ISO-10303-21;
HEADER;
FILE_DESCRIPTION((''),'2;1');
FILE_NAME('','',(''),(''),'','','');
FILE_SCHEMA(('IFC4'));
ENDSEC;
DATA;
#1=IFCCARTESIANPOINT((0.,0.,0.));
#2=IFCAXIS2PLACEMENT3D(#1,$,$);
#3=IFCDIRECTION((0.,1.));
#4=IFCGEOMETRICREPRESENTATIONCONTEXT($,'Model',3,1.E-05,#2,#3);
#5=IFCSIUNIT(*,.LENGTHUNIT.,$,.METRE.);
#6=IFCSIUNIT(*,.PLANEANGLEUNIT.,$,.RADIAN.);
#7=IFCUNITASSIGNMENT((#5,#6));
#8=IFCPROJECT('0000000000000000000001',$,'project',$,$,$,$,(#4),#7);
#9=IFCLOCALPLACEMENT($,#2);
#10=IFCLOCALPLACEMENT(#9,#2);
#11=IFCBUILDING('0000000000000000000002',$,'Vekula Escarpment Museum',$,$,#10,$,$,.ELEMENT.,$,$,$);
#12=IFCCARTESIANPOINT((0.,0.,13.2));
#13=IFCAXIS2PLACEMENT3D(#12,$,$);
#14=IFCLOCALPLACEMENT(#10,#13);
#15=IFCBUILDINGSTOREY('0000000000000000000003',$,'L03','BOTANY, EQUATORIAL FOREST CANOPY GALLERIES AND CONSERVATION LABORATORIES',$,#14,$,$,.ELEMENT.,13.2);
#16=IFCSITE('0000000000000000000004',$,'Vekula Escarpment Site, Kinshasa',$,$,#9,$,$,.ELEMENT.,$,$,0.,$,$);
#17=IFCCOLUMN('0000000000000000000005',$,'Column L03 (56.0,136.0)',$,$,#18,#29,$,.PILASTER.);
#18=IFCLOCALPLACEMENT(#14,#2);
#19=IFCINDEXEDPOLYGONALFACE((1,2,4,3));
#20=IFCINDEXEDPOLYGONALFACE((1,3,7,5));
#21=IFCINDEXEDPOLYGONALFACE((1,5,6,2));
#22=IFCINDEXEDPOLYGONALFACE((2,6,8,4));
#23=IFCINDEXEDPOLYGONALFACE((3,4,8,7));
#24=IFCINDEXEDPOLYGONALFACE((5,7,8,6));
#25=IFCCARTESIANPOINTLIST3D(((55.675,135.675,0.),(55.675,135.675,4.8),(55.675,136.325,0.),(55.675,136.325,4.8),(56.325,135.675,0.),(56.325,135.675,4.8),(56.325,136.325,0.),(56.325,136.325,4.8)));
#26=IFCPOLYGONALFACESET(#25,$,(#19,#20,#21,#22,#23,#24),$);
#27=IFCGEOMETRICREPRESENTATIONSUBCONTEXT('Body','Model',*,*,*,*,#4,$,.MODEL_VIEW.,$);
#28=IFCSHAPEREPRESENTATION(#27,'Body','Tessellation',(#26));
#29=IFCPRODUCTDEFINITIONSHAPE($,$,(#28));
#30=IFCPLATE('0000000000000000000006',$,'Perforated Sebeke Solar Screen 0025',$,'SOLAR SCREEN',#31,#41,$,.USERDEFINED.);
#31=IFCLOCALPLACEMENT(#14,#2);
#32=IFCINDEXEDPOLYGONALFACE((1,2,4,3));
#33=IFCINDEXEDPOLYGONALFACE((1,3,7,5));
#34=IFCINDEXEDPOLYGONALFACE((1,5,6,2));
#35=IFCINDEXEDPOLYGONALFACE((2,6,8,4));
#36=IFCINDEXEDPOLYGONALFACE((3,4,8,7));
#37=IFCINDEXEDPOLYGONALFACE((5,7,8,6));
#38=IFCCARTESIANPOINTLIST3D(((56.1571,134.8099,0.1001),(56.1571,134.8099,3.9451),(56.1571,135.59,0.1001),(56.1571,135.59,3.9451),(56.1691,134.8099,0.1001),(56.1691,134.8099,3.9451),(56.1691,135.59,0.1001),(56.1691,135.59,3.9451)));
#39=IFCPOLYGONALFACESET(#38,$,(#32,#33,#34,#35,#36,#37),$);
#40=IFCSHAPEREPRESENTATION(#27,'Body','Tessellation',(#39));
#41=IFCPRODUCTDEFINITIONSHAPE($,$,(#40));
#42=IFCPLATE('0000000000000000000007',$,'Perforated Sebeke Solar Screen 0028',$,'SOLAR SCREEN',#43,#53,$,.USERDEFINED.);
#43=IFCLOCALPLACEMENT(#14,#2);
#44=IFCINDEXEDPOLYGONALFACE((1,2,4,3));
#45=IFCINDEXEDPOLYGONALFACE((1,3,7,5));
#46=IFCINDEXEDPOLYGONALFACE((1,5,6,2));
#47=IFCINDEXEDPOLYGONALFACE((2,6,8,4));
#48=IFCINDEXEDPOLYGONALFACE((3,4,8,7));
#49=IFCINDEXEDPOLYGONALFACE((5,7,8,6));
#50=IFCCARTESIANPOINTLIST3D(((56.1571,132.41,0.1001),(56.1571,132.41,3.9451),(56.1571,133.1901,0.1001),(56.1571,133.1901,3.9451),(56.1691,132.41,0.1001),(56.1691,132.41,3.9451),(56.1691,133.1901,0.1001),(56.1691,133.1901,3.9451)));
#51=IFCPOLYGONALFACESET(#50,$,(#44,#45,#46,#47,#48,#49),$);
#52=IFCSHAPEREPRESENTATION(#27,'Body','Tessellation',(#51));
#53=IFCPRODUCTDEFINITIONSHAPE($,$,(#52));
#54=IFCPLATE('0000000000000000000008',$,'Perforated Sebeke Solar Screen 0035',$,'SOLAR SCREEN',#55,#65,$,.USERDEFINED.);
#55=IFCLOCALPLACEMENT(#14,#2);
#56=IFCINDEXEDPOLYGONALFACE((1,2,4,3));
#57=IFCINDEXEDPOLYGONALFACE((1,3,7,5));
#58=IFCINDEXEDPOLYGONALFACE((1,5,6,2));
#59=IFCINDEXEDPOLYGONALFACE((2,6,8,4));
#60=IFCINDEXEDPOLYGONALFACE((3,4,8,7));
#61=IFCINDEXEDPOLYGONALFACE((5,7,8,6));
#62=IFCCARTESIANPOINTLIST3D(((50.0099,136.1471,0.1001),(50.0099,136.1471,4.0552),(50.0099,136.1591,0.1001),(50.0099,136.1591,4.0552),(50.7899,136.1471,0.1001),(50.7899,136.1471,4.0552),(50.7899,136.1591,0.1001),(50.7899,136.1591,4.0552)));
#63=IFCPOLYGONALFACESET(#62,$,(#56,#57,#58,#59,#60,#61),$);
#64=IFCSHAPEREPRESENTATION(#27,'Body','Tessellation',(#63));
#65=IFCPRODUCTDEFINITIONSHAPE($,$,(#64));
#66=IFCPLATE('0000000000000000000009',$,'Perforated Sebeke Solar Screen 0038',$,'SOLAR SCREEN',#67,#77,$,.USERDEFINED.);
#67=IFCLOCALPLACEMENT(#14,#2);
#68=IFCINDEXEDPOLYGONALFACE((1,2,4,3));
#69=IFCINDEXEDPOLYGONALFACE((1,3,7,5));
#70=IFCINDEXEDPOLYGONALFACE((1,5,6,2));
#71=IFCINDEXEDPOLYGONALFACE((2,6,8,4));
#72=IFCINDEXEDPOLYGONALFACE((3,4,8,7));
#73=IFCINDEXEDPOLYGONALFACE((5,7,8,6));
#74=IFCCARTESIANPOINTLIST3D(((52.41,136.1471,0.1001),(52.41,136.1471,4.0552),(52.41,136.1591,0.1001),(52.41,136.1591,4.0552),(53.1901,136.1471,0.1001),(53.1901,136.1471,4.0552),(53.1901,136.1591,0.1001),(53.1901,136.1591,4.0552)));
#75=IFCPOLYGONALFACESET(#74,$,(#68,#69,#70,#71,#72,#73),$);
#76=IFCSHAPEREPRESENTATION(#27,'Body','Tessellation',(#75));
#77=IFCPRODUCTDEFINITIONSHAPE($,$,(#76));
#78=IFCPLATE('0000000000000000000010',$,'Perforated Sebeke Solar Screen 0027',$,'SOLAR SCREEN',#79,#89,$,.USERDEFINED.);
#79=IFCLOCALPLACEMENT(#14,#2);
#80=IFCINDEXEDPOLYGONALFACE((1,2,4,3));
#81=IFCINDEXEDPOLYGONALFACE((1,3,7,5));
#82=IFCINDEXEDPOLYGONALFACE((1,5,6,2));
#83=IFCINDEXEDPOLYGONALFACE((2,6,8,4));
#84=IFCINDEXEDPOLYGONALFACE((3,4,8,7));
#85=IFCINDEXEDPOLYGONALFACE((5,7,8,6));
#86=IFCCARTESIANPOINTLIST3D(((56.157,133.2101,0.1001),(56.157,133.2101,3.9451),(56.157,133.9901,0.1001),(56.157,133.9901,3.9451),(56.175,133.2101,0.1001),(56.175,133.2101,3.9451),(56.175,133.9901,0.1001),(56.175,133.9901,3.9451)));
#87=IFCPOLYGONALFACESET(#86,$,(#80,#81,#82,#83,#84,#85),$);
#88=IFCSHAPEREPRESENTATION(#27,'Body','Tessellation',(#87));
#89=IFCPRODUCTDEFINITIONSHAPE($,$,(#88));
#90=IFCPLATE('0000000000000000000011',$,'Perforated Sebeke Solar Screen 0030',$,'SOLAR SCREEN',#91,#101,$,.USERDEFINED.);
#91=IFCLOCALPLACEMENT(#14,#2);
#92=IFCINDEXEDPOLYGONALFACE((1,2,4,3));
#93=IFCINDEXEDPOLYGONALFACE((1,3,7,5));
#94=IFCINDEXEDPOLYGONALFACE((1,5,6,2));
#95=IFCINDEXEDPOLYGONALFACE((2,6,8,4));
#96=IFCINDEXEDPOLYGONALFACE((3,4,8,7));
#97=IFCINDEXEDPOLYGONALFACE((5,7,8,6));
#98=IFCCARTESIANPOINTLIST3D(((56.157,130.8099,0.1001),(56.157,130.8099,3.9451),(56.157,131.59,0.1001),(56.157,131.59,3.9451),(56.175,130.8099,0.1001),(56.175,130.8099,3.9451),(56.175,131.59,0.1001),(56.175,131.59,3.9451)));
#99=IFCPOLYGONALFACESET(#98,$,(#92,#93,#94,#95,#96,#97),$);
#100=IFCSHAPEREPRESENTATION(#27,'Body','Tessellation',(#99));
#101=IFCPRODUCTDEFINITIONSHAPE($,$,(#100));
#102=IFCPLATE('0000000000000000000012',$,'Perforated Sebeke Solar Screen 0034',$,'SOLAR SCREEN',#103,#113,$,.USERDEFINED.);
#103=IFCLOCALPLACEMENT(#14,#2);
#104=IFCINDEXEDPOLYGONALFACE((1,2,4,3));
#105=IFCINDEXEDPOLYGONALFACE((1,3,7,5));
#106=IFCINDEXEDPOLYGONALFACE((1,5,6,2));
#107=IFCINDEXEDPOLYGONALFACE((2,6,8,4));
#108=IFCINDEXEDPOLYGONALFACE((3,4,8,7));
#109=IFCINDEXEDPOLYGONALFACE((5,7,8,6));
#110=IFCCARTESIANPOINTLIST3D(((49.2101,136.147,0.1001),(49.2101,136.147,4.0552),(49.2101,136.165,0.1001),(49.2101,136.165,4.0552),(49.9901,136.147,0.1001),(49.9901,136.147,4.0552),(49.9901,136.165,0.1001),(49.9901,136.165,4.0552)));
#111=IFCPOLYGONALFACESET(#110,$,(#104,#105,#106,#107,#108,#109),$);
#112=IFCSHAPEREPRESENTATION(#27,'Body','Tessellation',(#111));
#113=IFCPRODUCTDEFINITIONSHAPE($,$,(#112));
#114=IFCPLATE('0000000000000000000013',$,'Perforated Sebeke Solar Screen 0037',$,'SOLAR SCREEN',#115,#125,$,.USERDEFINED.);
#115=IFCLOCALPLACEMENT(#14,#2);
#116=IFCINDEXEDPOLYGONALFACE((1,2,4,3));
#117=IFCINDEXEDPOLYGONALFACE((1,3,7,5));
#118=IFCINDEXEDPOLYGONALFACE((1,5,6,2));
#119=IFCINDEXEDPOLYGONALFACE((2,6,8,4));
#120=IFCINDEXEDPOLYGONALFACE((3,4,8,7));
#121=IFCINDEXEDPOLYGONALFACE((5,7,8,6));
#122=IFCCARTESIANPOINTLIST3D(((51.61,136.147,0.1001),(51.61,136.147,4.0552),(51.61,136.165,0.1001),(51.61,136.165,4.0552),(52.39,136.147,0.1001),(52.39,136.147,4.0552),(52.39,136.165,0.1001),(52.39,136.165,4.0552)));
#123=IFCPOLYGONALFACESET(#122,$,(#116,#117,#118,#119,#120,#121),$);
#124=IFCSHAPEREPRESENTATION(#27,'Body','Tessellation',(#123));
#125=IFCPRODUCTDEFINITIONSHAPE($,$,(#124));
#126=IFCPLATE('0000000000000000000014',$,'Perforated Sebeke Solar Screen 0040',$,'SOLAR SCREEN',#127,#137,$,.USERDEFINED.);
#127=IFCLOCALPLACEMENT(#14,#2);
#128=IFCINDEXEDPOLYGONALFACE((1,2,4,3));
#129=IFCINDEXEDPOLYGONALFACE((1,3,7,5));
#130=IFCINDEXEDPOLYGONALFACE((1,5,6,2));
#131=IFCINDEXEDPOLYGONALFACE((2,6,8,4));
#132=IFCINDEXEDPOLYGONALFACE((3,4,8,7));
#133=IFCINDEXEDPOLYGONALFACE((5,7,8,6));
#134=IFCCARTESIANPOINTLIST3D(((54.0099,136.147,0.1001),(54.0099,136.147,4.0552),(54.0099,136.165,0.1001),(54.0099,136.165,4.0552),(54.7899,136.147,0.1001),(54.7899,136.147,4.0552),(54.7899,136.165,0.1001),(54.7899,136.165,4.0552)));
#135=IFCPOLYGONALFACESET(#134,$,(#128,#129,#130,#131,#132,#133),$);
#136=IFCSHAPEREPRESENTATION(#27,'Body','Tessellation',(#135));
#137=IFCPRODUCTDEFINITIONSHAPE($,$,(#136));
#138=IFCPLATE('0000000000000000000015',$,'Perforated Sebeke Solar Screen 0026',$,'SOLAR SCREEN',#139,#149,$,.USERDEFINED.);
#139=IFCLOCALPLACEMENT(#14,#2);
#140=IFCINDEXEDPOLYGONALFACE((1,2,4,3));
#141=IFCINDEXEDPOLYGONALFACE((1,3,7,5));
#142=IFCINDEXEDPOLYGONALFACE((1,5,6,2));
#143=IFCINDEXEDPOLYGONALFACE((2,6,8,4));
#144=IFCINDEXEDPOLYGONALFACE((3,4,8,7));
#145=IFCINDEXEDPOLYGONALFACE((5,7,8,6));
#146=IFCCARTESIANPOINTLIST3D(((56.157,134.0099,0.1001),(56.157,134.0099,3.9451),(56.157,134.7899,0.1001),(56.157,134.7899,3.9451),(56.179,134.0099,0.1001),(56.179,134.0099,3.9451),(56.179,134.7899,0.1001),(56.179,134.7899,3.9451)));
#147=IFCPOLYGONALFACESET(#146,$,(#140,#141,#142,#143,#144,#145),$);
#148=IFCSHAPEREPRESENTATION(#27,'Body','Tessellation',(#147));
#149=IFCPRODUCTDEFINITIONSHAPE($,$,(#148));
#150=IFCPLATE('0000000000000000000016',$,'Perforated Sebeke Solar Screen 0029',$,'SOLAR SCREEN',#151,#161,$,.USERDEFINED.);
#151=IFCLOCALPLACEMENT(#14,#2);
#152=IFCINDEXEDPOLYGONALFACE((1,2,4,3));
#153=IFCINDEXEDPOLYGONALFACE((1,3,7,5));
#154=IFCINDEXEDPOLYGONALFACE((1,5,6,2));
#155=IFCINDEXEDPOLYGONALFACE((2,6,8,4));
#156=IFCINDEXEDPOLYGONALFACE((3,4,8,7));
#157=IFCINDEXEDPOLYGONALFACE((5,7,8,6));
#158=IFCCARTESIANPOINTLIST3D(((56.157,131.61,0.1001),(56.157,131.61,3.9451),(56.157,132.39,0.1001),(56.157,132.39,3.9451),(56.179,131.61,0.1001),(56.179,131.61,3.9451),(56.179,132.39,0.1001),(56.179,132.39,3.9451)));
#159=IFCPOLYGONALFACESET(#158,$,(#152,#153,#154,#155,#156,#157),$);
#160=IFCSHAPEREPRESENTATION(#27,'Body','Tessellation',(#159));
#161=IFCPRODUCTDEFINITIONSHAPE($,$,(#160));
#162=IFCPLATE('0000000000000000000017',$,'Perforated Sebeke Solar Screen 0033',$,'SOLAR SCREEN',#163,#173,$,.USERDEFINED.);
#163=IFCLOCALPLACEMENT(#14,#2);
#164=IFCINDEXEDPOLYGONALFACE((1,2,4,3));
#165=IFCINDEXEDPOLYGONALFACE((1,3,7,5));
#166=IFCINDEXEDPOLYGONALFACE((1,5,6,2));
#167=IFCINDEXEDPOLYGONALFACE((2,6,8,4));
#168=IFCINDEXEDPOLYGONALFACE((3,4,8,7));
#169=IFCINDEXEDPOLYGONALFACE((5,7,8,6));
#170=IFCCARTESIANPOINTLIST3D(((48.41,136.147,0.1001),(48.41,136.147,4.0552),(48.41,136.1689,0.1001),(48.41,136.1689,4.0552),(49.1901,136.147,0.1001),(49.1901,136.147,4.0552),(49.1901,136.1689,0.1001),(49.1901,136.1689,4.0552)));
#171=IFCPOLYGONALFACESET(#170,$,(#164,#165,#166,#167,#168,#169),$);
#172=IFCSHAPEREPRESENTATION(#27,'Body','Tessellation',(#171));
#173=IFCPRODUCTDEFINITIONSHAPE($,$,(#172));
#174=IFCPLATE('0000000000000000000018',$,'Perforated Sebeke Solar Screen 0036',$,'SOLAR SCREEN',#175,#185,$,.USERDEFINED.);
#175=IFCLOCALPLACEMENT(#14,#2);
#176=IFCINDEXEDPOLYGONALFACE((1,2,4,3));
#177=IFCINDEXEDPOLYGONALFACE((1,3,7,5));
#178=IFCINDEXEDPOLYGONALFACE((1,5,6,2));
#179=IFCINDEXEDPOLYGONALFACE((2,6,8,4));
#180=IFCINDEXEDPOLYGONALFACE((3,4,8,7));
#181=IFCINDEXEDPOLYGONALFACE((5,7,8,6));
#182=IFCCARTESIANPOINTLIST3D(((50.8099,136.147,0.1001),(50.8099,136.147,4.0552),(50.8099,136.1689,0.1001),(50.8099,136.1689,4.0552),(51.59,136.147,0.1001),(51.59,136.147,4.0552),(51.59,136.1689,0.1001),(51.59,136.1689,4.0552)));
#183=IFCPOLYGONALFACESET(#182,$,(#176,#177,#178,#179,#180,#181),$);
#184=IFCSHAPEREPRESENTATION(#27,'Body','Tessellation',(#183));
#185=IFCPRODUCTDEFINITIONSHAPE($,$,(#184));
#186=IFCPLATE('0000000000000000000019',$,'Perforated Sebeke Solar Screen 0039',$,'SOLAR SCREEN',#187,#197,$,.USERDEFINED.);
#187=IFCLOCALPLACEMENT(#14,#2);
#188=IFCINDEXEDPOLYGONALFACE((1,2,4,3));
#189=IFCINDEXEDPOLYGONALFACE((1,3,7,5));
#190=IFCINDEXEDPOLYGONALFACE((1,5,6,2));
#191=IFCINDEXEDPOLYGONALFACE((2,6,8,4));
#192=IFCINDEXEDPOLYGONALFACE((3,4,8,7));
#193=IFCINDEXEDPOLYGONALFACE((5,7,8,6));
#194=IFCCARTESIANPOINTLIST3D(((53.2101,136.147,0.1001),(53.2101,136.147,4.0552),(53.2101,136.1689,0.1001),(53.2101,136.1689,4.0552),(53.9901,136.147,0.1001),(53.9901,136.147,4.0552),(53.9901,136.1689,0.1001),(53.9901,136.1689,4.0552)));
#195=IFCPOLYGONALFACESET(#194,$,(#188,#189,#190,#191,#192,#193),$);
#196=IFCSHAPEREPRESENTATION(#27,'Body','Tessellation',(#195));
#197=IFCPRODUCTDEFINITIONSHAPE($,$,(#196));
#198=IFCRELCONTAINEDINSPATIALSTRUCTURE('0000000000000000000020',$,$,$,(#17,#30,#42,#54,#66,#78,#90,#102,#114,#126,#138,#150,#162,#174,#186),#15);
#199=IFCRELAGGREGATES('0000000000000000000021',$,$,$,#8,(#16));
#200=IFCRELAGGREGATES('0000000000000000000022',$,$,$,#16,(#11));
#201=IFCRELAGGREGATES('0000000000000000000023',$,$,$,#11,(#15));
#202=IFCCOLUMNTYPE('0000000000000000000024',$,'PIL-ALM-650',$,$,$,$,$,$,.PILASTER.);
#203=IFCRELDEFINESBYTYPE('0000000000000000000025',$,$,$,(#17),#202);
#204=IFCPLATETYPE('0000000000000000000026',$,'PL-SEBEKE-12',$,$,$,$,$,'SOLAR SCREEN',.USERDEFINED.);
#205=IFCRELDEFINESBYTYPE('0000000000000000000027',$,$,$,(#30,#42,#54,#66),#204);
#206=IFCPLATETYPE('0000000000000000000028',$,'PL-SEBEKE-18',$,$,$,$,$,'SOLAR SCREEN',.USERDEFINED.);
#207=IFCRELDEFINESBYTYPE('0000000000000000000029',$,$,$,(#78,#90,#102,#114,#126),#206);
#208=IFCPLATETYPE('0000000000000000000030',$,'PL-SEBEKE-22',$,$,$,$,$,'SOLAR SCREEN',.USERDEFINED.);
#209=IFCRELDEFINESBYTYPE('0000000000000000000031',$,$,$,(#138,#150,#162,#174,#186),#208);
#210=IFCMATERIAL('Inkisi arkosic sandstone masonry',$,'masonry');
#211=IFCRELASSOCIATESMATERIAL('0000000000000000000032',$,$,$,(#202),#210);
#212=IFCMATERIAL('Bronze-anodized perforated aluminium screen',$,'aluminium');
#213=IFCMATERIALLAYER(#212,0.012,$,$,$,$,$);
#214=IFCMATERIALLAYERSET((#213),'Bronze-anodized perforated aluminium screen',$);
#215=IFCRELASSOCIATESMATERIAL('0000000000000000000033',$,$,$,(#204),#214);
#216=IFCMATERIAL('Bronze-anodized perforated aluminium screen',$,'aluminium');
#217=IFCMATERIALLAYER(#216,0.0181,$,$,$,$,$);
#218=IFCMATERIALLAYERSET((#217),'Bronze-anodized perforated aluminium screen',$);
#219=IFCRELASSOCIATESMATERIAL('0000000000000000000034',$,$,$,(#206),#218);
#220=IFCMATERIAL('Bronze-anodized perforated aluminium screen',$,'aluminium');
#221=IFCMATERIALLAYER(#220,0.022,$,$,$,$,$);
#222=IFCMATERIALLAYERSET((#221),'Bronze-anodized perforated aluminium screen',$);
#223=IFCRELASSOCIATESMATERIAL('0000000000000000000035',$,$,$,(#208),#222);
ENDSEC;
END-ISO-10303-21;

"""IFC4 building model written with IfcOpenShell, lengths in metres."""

from ifc_helpers import new_model, si_unit, direction, frame, origin, origin_2d, place, context, subcontext, project, spatial, rectangle, extrude, material, layer, layer_set, material_profile, profile_set, type_object, element, save


model = new_model("IFC4")

# Units and contexts
model_context = context("Model", 3, precision=1e-05, world=origin(), true_north=direction((0.0, 1.0)))
body_context = subcontext(model_context, "Body", "Model", "MODEL_VIEW")
ifc_project = project(units=[si_unit("LENGTHUNIT", "METRE"), si_unit("PLANEANGLEUNIT", "RADIAN")], contexts=[model_context])

# Site, building, storey
site_placement = place(None, origin())
site = spatial("IfcSite", under=ifc_project, at=site_placement, Name="Vekula Escarpment Site, Kinshasa", CompositionType="ELEMENT", RefElevation=0.0)
building_placement = place(site_placement, origin())
building = spatial("IfcBuilding", under=site, at=building_placement, Name="Vekula Escarpment Museum", CompositionType="ELEMENT")
storey_placement = place(building_placement, frame((0.0, 0.0, 13.2)))
storey = spatial("IfcBuildingStorey", under=building, at=storey_placement, Name="L03", Description="BOTANY, EQUATORIAL FOREST CANOPY GALLERIES AND CONSERVATION LABORATORIES", CompositionType="ELEMENT", Elevation=13.2)

# Column
ifc_material_1 = material(Name="Inkisi arkosic sandstone masonry", Category="masonry")
ifc_material_profile = material_profile(ifc_material_1, rectangle(XDim=0.6499, YDim=0.6499, at=origin_2d()), Name="PIER 650x650")
ifc_profile_set = profile_set([ifc_material_profile], Name="Inkisi arkosic sandstone masonry")
column_type = type_object("IfcColumnType", Name="PIL-ALM-650", PredefinedType="PILASTER", material=ifc_profile_set)
column_placement = place(storey_placement, frame((56.0, 136.0, 0.0), z_axis=(0.0, 0.0, 1.0), x_axis=(1.0, 0.0, 0.0)))
element("IfcColumn", 1, at=column_placement, inside=storey, type_object=column_type, Name="Column L03 (56.0,136.0)", PredefinedType="PILASTER", context=body_context, shape_type="SweptSolid", body=[
    extrude(rectangle(XDim=0.6499, YDim=0.6499, at=origin_2d()), origin(), (0.0, 0.0, 1.0), 4.8),
])

# Plates
ifc_material_2 = material(Name="Bronze-anodized perforated aluminium screen", Category="aluminium")
ifc_layer_1 = layer(ifc_material_2, 0.012)
ifc_layer_set_1 = layer_set([ifc_layer_1], Name="Bronze-anodized perforated aluminium screen")
plate_type_1 = type_object("IfcPlateType", Name="PL-SEBEKE-12", ElementType="SOLAR SCREEN", PredefinedType="USERDEFINED", material=ifc_layer_set_1)
for number, where, z_axis, x_axis, name in (
    (2, (56.1631, 135.2, 0.1001), (0.0, 0.0, 1.0), (0.0, 1.0, 0.0), "Perforated Sebeke Solar Screen 0025"),
    (3, (56.1631, 132.8, 0.1001), (0.0, 0.0, 1.0), (0.0, 1.0, 0.0), "Perforated Sebeke Solar Screen 0028"),
):
    element("IfcPlate", number, at=place(storey_placement, frame(where, z_axis=z_axis, x_axis=x_axis)), inside=storey, type_object=plate_type_1, Name=name, ObjectType="SOLAR SCREEN", PredefinedType="USERDEFINED", context=body_context, shape_type="SweptSolid", body=[
        extrude(rectangle(XDim=0.78, YDim=0.012, at=origin_2d()), origin(), (0.0, 0.0, 1.0), 3.845),
    ])
for number, where, z_axis, x_axis, name in (
    (4, (50.3999, 136.1531, 0.1001), (0.0, 0.0, 1.0), (1.0, 0.0, 0.0), "Perforated Sebeke Solar Screen 0035"),
    (5, (52.8, 136.1531, 0.1001), (0.0, 0.0, 1.0), (1.0, 0.0, 0.0), "Perforated Sebeke Solar Screen 0038"),
):
    element("IfcPlate", number, at=place(storey_placement, frame(where, z_axis=z_axis, x_axis=x_axis)), inside=storey, type_object=plate_type_1, Name=name, ObjectType="SOLAR SCREEN", PredefinedType="USERDEFINED", context=body_context, shape_type="SweptSolid", body=[
        extrude(rectangle(XDim=0.78, YDim=0.012, at=origin_2d()), origin(), (0.0, 0.0, 1.0), 3.9551),
    ])
ifc_material_3 = material(Name="Bronze-anodized perforated aluminium screen", Category="aluminium")
ifc_layer_2 = layer(ifc_material_3, 0.0181)
ifc_layer_set_2 = layer_set([ifc_layer_2], Name="Bronze-anodized perforated aluminium screen")
plate_type_2 = type_object("IfcPlateType", Name="PL-SEBEKE-18", ElementType="SOLAR SCREEN", PredefinedType="USERDEFINED", material=ifc_layer_set_2)
for number, where, z_axis, x_axis, name in (
    (6, (56.166, 133.6001, 0.1001), (0.0, 0.0, 1.0), (0.0, 1.0, 0.0), "Perforated Sebeke Solar Screen 0027"),
    (7, (56.166, 131.2, 0.1001), (0.0, 0.0, 1.0), (0.0, 1.0, 0.0), "Perforated Sebeke Solar Screen 0030"),
):
    element("IfcPlate", number, at=place(storey_placement, frame(where, z_axis=z_axis, x_axis=x_axis)), inside=storey, type_object=plate_type_2, Name=name, ObjectType="SOLAR SCREEN", PredefinedType="USERDEFINED", context=body_context, shape_type="SweptSolid", body=[
        extrude(rectangle(XDim=0.78, YDim=0.0181, at=origin_2d()), origin(), (0.0, 0.0, 1.0), 3.845),
    ])
for number, where, z_axis, x_axis, name in (
    (8, (49.6001, 136.156, 0.1001), (0.0, 0.0, 1.0), (1.0, 0.0, 0.0), "Perforated Sebeke Solar Screen 0034"),
    (9, (52.0, 136.156, 0.1001), (0.0, 0.0, 1.0), (1.0, 0.0, 0.0), "Perforated Sebeke Solar Screen 0037"),
    (10, (54.3999, 136.156, 0.1001), (0.0, 0.0, 1.0), (1.0, 0.0, 0.0), "Perforated Sebeke Solar Screen 0040"),
):
    element("IfcPlate", number, at=place(storey_placement, frame(where, z_axis=z_axis, x_axis=x_axis)), inside=storey, type_object=plate_type_2, Name=name, ObjectType="SOLAR SCREEN", PredefinedType="USERDEFINED", context=body_context, shape_type="SweptSolid", body=[
        extrude(rectangle(XDim=0.78, YDim=0.0181, at=origin_2d()), origin(), (0.0, 0.0, 1.0), 3.9551),
    ])
ifc_material_4 = material(Name="Bronze-anodized perforated aluminium screen", Category="aluminium")
ifc_layer_3 = layer(ifc_material_4, 0.022)
ifc_layer_set_3 = layer_set([ifc_layer_3], Name="Bronze-anodized perforated aluminium screen")
plate_type_3 = type_object("IfcPlateType", Name="PL-SEBEKE-22", ElementType="SOLAR SCREEN", PredefinedType="USERDEFINED", material=ifc_layer_set_3)
for number, where, z_axis, x_axis, name in (
    (11, (56.168, 134.3999, 0.1001), (0.0, 0.0, 1.0), (0.0, 1.0, 0.0), "Perforated Sebeke Solar Screen 0026"),
    (12, (56.168, 132.0, 0.1001), (0.0, 0.0, 1.0), (0.0, 1.0, 0.0), "Perforated Sebeke Solar Screen 0029"),
):
    element("IfcPlate", number, at=place(storey_placement, frame(where, z_axis=z_axis, x_axis=x_axis)), inside=storey, type_object=plate_type_3, Name=name, ObjectType="SOLAR SCREEN", PredefinedType="USERDEFINED", context=body_context, shape_type="SweptSolid", body=[
        extrude(rectangle(XDim=0.78, YDim=0.022, at=origin_2d()), origin(), (0.0, 0.0, 1.0), 3.845),
    ])
for number, where, z_axis, x_axis, name in (
    (13, (48.8, 136.158, 0.1001), (0.0, 0.0, 1.0), (1.0, 0.0, 0.0), "Perforated Sebeke Solar Screen 0033"),
    (14, (51.2, 136.158, 0.1001), (0.0, 0.0, 1.0), (1.0, 0.0, 0.0), "Perforated Sebeke Solar Screen 0036"),
    (15, (53.6001, 136.158, 0.1001), (0.0, 0.0, 1.0), (1.0, 0.0, 0.0), "Perforated Sebeke Solar Screen 0039"),
):
    element("IfcPlate", number, at=place(storey_placement, frame(where, z_axis=z_axis, x_axis=x_axis)), inside=storey, type_object=plate_type_3, Name=name, ObjectType="SOLAR SCREEN", PredefinedType="USERDEFINED", context=body_context, shape_type="SweptSolid", body=[
        extrude(rectangle(XDim=0.78, YDim=0.022, at=origin_2d()), origin(), (0.0, 0.0, 1.0), 3.9551),
    ])

save(model, "model.ifc")
